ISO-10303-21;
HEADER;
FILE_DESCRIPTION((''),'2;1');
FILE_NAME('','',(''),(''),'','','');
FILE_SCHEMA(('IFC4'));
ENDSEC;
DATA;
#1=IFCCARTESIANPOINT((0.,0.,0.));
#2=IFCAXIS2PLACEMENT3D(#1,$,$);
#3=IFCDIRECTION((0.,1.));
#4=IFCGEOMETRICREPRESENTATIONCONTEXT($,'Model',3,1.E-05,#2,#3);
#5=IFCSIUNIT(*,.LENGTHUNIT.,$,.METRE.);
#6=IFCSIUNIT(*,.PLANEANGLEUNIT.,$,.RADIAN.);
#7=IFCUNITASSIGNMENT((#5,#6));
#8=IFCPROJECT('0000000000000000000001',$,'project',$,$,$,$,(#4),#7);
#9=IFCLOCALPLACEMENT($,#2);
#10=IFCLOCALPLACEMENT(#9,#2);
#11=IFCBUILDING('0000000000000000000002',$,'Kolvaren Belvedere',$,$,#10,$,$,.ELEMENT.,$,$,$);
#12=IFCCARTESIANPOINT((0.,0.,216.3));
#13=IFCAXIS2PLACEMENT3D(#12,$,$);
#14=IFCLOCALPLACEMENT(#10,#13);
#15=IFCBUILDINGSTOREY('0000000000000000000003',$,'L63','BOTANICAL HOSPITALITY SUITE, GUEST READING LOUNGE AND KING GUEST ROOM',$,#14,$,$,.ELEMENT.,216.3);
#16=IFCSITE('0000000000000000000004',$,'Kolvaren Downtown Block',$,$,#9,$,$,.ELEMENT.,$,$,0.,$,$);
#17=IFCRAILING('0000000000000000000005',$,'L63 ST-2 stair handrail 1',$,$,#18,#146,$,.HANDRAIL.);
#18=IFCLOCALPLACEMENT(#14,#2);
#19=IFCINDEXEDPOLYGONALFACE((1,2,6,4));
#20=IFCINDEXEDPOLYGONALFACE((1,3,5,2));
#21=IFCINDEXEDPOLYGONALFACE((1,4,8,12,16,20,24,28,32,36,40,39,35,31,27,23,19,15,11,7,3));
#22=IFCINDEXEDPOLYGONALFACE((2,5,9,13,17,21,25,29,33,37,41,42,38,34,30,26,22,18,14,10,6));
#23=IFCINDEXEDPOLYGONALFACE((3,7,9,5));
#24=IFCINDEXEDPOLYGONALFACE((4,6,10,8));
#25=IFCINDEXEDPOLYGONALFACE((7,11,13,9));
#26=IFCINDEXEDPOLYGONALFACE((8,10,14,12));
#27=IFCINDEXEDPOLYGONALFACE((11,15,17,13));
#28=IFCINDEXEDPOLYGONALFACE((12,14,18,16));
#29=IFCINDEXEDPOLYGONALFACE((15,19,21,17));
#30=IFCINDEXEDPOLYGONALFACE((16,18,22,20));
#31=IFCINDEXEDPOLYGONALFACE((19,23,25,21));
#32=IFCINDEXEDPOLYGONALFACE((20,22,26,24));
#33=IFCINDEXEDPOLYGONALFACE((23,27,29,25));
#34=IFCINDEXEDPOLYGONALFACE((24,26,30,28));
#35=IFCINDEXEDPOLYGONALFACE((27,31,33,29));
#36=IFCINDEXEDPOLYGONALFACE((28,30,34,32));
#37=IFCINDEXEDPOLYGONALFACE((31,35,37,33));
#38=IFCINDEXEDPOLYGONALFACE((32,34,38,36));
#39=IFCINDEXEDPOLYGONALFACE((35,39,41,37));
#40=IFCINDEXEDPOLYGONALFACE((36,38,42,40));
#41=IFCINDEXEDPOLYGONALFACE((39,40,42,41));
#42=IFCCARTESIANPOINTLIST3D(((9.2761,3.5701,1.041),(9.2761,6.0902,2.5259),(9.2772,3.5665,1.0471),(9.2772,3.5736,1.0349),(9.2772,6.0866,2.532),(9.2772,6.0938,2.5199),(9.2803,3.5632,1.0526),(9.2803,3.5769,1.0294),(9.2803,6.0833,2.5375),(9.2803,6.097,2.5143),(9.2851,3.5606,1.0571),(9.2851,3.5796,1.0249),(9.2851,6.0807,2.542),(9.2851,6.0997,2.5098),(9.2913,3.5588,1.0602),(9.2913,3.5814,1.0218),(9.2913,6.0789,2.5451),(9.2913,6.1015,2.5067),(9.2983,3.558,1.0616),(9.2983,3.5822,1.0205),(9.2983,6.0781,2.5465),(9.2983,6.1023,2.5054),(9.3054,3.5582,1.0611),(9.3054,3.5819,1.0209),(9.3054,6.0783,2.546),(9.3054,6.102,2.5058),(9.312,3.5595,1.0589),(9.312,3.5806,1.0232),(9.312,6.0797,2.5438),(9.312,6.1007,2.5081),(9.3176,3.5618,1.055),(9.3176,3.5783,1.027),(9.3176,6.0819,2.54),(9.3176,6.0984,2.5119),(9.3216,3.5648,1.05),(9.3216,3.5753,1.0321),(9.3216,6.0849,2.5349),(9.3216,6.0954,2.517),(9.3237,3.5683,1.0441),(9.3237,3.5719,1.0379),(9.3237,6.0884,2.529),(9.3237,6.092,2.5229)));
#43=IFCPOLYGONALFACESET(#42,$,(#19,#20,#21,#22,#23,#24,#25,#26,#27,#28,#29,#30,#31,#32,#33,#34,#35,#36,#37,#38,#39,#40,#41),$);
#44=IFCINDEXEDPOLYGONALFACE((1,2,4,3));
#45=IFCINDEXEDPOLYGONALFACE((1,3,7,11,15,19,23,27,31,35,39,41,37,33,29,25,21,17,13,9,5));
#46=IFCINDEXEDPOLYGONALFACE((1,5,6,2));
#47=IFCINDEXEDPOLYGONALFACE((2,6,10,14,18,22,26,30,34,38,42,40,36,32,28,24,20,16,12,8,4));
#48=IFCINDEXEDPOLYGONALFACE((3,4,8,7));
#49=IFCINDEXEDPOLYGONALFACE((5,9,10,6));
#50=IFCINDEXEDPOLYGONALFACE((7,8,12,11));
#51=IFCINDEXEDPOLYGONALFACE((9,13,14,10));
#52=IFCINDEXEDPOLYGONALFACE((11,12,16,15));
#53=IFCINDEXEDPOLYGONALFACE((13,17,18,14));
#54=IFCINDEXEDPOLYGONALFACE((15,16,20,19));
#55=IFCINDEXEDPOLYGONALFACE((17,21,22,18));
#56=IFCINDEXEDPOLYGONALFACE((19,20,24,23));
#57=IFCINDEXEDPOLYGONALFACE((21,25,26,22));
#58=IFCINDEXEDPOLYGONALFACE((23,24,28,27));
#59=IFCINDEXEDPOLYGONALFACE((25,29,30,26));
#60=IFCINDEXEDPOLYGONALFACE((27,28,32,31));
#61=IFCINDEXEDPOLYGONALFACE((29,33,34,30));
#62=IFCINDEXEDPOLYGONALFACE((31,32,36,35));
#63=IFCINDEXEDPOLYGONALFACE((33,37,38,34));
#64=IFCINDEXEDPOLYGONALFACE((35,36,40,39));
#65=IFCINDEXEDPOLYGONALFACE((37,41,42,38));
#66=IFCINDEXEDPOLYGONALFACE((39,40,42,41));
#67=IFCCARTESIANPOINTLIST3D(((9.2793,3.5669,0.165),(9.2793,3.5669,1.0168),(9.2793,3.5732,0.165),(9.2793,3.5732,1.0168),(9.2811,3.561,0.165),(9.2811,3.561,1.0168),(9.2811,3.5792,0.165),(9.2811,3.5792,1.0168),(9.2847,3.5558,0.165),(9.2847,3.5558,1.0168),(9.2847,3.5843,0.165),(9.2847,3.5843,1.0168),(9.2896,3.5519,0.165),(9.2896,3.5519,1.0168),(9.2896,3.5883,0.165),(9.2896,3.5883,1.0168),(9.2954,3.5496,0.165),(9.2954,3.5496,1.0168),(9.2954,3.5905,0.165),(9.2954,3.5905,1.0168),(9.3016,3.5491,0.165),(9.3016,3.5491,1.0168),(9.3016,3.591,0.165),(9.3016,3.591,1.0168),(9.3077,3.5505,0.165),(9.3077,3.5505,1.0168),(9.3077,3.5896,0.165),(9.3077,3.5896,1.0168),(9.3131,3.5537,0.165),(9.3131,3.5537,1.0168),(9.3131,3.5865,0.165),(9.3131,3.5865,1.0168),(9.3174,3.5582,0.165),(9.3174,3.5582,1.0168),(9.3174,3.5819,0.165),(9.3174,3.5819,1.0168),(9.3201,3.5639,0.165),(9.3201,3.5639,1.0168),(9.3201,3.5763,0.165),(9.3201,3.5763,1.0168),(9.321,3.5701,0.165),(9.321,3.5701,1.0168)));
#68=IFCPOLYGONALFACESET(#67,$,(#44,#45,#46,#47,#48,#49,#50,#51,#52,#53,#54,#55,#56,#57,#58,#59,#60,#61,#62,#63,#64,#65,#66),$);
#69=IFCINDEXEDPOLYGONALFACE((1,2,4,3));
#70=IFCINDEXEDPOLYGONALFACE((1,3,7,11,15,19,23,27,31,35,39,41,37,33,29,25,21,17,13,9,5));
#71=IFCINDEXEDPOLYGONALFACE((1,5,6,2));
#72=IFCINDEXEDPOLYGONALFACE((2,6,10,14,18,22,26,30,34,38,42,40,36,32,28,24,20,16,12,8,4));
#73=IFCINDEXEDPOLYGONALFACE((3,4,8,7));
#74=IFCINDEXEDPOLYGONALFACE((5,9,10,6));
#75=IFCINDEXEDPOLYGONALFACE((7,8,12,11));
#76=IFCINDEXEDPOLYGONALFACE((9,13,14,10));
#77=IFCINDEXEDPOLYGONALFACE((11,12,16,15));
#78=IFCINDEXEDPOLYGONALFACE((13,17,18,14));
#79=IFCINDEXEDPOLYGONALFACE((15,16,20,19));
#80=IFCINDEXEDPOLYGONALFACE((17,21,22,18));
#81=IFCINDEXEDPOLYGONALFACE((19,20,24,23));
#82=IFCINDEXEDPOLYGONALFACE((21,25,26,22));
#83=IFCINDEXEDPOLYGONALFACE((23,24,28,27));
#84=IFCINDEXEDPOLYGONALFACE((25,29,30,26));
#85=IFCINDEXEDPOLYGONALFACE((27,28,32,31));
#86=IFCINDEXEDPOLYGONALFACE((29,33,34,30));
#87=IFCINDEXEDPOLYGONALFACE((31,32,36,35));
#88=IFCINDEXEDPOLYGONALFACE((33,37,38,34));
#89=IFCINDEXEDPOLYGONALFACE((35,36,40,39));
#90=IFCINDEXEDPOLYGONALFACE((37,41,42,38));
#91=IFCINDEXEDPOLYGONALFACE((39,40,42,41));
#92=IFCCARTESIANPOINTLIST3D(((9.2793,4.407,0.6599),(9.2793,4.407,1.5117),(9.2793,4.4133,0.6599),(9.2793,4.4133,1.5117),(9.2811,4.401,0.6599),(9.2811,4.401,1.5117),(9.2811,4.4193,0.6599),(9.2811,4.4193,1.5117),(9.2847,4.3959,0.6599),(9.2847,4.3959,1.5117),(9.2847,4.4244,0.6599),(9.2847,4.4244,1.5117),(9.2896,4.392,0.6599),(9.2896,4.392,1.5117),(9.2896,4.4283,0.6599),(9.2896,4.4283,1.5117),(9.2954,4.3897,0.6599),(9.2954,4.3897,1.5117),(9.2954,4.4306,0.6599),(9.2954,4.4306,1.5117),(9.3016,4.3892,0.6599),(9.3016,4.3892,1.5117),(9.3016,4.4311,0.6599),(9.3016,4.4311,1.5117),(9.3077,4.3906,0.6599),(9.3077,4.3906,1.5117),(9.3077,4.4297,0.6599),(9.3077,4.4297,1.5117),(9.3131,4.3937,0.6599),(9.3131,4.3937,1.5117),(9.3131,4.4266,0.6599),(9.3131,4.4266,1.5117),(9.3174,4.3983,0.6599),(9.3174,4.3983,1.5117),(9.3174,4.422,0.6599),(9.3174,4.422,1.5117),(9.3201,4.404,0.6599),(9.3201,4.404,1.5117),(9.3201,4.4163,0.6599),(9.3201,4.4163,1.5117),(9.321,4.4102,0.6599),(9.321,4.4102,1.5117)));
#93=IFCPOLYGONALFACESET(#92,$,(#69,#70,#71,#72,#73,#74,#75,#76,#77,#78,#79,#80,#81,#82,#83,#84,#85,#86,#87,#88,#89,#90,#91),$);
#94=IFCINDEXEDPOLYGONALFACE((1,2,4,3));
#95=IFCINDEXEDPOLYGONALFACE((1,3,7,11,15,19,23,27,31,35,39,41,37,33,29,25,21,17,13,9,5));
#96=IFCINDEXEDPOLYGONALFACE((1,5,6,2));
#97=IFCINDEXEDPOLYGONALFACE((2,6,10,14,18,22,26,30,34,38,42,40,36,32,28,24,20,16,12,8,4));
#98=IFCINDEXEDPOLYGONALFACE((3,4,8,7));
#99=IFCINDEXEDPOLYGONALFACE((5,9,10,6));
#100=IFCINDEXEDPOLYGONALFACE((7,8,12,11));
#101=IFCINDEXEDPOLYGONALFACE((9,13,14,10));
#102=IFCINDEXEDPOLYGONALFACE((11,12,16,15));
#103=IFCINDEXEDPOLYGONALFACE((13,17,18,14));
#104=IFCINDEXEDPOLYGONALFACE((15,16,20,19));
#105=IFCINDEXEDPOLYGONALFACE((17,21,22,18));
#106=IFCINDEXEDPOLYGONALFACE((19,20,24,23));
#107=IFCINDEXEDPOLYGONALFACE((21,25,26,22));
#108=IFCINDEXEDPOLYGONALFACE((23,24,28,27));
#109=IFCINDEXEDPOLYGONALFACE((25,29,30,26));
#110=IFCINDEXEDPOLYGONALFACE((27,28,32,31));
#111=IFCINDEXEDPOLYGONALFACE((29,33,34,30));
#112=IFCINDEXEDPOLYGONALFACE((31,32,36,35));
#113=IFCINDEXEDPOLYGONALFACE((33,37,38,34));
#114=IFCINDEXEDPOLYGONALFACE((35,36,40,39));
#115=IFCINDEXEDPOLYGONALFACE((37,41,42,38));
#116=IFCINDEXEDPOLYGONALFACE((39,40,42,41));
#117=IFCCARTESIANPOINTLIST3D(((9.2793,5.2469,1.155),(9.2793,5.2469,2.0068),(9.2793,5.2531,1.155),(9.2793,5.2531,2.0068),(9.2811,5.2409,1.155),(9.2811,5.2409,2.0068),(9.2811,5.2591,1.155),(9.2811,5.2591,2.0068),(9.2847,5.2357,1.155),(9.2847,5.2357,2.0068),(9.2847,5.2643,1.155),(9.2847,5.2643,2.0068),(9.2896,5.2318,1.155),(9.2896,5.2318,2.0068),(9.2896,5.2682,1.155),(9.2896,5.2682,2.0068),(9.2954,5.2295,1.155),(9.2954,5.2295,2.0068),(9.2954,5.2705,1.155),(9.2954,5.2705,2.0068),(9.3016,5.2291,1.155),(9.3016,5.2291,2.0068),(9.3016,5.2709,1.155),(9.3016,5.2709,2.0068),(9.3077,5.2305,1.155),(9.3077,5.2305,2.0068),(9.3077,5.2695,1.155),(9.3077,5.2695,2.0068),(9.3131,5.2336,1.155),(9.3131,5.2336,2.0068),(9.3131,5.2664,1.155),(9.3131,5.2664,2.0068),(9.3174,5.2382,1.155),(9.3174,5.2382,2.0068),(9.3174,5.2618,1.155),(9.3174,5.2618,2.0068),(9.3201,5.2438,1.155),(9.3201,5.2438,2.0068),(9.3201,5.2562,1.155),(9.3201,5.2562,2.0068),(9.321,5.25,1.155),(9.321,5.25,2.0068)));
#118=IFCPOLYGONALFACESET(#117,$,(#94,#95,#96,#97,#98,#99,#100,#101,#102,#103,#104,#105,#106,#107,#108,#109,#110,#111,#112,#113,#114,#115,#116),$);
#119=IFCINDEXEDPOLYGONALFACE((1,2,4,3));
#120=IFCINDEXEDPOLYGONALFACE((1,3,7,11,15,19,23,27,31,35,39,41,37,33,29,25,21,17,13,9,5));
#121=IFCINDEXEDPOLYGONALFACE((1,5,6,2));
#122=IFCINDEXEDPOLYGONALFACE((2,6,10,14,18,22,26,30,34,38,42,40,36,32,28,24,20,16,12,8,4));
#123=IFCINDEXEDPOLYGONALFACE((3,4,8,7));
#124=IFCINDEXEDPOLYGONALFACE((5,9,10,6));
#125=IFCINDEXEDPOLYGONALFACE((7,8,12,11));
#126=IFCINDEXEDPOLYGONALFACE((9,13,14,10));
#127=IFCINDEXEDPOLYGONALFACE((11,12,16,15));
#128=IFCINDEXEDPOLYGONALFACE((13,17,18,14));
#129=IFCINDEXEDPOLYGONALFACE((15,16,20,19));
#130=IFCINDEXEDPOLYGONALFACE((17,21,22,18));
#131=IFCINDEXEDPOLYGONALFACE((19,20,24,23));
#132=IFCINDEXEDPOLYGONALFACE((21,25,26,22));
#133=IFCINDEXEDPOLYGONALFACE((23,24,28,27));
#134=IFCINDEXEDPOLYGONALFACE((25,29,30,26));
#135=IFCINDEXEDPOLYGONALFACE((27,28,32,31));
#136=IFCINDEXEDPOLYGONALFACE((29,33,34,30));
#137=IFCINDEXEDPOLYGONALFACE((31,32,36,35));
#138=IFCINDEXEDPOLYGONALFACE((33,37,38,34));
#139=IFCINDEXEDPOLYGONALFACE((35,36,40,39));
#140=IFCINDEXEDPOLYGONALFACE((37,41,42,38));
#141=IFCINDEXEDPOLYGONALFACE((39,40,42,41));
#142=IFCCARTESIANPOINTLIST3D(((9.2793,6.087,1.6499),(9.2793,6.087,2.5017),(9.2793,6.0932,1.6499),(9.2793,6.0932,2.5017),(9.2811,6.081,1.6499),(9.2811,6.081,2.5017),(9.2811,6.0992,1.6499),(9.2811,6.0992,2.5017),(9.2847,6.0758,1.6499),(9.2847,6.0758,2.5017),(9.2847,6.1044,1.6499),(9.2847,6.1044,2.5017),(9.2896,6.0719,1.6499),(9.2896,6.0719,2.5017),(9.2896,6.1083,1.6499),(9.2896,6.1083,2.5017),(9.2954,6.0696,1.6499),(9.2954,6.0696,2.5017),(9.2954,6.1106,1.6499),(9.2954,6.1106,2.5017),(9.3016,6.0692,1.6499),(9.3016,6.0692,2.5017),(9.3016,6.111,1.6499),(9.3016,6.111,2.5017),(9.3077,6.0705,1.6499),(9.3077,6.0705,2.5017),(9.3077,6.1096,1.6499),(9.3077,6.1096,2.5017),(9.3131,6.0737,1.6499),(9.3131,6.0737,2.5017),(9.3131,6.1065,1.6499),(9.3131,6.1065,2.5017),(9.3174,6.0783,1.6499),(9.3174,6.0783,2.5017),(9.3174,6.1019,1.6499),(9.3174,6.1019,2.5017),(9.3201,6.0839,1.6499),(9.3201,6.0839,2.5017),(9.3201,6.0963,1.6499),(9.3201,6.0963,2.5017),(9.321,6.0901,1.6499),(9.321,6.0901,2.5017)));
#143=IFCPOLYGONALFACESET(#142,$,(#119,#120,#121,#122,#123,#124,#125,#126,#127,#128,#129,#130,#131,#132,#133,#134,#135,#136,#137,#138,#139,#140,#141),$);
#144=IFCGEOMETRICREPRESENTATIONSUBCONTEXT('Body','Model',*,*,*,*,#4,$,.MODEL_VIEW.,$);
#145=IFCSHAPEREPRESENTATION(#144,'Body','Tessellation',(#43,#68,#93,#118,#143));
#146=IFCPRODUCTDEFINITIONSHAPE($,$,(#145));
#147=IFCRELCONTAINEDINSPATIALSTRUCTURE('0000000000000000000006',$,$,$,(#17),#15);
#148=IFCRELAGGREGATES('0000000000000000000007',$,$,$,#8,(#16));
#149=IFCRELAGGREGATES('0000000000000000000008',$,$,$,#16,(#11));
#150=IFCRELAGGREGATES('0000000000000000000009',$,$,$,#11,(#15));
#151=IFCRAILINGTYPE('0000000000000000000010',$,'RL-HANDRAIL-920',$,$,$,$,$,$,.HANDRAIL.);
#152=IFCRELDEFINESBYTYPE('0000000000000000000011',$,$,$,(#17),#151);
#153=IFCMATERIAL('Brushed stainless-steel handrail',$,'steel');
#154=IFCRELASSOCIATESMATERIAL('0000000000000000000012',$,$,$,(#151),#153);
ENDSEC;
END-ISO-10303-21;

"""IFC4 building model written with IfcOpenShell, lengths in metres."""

from ifc_helpers import new_model, si_unit, direction, frame, origin, origin_2d, place, context, subcontext, project, spatial, circle, extrude, material, type_object, element, save


model = new_model("IFC4")

# Units and contexts
model_context = context("Model", 3, precision=1e-05, world=origin(), true_north=direction((0.0, 1.0)))
body_context = subcontext(model_context, "Body", "Model", "MODEL_VIEW")
ifc_project = project(units=[si_unit("LENGTHUNIT", "METRE"), si_unit("PLANEANGLEUNIT", "RADIAN")], contexts=[model_context])

# Site, building, storey
site_placement = place(None, origin())
site = spatial("IfcSite", under=ifc_project, at=site_placement, Name="Kolvaren Downtown Block", CompositionType="ELEMENT", RefElevation=0.0)
building_placement = place(site_placement, origin())
building = spatial("IfcBuilding", under=site, at=building_placement, Name="Kolvaren Belvedere", CompositionType="ELEMENT")
storey_placement = place(building_placement, frame((0.0, 0.0, 216.3)))
storey = spatial("IfcBuildingStorey", under=building, at=storey_placement, Name="L63", Description="BOTANICAL HOSPITALITY SUITE, GUEST READING LOUNGE AND KING GUEST ROOM", CompositionType="ELEMENT", Elevation=216.3)

# Railing
ifc_material_1 = material(Name="Brushed stainless-steel handrail", Category="steel")
railing_type_1 = type_object("IfcRailingType", Name="RL-HANDRAIL-920", PredefinedType="HANDRAIL", material=ifc_material_1)
railing_1_placement = place(storey_placement, frame((9.3, 3.5701, 0.165)))
element("IfcRailing", 1, at=railing_1_placement, inside=storey, type_object=railing_type_1, Name="L63 ST-2 stair handrail 1", PredefinedType="HANDRAIL", context=body_context, shape_type="SweptSolid", body=[
    extrude(circle(Radius=0.0239, at=origin_2d()), frame((0.0, 0.0, 0.876), z_axis=(0.0, 0.861561, 0.507655), x_axis=(-1.0, 0.0, 0.0)), (0.0, 0.0, 1.0), 2.925),
    extrude(circle(Radius=0.021, at=origin_2d()), origin(), (0.0, 0.0, 1.0), 0.8518),
    extrude(circle(Radius=0.021, at=origin_2d()), frame((0.0, 0.8401, 0.4949)), (0.0, 0.0, 1.0), 0.8518),
    extrude(circle(Radius=0.021, at=origin_2d()), frame((0.0, 1.6799, 0.99)), (0.0, 0.0, 1.0), 0.8518),
    extrude(circle(Radius=0.021, at=origin_2d()), frame((0.0, 2.52, 1.4849)), (0.0, 0.0, 1.0), 0.8518),
])

save(model, "model.ifc")
